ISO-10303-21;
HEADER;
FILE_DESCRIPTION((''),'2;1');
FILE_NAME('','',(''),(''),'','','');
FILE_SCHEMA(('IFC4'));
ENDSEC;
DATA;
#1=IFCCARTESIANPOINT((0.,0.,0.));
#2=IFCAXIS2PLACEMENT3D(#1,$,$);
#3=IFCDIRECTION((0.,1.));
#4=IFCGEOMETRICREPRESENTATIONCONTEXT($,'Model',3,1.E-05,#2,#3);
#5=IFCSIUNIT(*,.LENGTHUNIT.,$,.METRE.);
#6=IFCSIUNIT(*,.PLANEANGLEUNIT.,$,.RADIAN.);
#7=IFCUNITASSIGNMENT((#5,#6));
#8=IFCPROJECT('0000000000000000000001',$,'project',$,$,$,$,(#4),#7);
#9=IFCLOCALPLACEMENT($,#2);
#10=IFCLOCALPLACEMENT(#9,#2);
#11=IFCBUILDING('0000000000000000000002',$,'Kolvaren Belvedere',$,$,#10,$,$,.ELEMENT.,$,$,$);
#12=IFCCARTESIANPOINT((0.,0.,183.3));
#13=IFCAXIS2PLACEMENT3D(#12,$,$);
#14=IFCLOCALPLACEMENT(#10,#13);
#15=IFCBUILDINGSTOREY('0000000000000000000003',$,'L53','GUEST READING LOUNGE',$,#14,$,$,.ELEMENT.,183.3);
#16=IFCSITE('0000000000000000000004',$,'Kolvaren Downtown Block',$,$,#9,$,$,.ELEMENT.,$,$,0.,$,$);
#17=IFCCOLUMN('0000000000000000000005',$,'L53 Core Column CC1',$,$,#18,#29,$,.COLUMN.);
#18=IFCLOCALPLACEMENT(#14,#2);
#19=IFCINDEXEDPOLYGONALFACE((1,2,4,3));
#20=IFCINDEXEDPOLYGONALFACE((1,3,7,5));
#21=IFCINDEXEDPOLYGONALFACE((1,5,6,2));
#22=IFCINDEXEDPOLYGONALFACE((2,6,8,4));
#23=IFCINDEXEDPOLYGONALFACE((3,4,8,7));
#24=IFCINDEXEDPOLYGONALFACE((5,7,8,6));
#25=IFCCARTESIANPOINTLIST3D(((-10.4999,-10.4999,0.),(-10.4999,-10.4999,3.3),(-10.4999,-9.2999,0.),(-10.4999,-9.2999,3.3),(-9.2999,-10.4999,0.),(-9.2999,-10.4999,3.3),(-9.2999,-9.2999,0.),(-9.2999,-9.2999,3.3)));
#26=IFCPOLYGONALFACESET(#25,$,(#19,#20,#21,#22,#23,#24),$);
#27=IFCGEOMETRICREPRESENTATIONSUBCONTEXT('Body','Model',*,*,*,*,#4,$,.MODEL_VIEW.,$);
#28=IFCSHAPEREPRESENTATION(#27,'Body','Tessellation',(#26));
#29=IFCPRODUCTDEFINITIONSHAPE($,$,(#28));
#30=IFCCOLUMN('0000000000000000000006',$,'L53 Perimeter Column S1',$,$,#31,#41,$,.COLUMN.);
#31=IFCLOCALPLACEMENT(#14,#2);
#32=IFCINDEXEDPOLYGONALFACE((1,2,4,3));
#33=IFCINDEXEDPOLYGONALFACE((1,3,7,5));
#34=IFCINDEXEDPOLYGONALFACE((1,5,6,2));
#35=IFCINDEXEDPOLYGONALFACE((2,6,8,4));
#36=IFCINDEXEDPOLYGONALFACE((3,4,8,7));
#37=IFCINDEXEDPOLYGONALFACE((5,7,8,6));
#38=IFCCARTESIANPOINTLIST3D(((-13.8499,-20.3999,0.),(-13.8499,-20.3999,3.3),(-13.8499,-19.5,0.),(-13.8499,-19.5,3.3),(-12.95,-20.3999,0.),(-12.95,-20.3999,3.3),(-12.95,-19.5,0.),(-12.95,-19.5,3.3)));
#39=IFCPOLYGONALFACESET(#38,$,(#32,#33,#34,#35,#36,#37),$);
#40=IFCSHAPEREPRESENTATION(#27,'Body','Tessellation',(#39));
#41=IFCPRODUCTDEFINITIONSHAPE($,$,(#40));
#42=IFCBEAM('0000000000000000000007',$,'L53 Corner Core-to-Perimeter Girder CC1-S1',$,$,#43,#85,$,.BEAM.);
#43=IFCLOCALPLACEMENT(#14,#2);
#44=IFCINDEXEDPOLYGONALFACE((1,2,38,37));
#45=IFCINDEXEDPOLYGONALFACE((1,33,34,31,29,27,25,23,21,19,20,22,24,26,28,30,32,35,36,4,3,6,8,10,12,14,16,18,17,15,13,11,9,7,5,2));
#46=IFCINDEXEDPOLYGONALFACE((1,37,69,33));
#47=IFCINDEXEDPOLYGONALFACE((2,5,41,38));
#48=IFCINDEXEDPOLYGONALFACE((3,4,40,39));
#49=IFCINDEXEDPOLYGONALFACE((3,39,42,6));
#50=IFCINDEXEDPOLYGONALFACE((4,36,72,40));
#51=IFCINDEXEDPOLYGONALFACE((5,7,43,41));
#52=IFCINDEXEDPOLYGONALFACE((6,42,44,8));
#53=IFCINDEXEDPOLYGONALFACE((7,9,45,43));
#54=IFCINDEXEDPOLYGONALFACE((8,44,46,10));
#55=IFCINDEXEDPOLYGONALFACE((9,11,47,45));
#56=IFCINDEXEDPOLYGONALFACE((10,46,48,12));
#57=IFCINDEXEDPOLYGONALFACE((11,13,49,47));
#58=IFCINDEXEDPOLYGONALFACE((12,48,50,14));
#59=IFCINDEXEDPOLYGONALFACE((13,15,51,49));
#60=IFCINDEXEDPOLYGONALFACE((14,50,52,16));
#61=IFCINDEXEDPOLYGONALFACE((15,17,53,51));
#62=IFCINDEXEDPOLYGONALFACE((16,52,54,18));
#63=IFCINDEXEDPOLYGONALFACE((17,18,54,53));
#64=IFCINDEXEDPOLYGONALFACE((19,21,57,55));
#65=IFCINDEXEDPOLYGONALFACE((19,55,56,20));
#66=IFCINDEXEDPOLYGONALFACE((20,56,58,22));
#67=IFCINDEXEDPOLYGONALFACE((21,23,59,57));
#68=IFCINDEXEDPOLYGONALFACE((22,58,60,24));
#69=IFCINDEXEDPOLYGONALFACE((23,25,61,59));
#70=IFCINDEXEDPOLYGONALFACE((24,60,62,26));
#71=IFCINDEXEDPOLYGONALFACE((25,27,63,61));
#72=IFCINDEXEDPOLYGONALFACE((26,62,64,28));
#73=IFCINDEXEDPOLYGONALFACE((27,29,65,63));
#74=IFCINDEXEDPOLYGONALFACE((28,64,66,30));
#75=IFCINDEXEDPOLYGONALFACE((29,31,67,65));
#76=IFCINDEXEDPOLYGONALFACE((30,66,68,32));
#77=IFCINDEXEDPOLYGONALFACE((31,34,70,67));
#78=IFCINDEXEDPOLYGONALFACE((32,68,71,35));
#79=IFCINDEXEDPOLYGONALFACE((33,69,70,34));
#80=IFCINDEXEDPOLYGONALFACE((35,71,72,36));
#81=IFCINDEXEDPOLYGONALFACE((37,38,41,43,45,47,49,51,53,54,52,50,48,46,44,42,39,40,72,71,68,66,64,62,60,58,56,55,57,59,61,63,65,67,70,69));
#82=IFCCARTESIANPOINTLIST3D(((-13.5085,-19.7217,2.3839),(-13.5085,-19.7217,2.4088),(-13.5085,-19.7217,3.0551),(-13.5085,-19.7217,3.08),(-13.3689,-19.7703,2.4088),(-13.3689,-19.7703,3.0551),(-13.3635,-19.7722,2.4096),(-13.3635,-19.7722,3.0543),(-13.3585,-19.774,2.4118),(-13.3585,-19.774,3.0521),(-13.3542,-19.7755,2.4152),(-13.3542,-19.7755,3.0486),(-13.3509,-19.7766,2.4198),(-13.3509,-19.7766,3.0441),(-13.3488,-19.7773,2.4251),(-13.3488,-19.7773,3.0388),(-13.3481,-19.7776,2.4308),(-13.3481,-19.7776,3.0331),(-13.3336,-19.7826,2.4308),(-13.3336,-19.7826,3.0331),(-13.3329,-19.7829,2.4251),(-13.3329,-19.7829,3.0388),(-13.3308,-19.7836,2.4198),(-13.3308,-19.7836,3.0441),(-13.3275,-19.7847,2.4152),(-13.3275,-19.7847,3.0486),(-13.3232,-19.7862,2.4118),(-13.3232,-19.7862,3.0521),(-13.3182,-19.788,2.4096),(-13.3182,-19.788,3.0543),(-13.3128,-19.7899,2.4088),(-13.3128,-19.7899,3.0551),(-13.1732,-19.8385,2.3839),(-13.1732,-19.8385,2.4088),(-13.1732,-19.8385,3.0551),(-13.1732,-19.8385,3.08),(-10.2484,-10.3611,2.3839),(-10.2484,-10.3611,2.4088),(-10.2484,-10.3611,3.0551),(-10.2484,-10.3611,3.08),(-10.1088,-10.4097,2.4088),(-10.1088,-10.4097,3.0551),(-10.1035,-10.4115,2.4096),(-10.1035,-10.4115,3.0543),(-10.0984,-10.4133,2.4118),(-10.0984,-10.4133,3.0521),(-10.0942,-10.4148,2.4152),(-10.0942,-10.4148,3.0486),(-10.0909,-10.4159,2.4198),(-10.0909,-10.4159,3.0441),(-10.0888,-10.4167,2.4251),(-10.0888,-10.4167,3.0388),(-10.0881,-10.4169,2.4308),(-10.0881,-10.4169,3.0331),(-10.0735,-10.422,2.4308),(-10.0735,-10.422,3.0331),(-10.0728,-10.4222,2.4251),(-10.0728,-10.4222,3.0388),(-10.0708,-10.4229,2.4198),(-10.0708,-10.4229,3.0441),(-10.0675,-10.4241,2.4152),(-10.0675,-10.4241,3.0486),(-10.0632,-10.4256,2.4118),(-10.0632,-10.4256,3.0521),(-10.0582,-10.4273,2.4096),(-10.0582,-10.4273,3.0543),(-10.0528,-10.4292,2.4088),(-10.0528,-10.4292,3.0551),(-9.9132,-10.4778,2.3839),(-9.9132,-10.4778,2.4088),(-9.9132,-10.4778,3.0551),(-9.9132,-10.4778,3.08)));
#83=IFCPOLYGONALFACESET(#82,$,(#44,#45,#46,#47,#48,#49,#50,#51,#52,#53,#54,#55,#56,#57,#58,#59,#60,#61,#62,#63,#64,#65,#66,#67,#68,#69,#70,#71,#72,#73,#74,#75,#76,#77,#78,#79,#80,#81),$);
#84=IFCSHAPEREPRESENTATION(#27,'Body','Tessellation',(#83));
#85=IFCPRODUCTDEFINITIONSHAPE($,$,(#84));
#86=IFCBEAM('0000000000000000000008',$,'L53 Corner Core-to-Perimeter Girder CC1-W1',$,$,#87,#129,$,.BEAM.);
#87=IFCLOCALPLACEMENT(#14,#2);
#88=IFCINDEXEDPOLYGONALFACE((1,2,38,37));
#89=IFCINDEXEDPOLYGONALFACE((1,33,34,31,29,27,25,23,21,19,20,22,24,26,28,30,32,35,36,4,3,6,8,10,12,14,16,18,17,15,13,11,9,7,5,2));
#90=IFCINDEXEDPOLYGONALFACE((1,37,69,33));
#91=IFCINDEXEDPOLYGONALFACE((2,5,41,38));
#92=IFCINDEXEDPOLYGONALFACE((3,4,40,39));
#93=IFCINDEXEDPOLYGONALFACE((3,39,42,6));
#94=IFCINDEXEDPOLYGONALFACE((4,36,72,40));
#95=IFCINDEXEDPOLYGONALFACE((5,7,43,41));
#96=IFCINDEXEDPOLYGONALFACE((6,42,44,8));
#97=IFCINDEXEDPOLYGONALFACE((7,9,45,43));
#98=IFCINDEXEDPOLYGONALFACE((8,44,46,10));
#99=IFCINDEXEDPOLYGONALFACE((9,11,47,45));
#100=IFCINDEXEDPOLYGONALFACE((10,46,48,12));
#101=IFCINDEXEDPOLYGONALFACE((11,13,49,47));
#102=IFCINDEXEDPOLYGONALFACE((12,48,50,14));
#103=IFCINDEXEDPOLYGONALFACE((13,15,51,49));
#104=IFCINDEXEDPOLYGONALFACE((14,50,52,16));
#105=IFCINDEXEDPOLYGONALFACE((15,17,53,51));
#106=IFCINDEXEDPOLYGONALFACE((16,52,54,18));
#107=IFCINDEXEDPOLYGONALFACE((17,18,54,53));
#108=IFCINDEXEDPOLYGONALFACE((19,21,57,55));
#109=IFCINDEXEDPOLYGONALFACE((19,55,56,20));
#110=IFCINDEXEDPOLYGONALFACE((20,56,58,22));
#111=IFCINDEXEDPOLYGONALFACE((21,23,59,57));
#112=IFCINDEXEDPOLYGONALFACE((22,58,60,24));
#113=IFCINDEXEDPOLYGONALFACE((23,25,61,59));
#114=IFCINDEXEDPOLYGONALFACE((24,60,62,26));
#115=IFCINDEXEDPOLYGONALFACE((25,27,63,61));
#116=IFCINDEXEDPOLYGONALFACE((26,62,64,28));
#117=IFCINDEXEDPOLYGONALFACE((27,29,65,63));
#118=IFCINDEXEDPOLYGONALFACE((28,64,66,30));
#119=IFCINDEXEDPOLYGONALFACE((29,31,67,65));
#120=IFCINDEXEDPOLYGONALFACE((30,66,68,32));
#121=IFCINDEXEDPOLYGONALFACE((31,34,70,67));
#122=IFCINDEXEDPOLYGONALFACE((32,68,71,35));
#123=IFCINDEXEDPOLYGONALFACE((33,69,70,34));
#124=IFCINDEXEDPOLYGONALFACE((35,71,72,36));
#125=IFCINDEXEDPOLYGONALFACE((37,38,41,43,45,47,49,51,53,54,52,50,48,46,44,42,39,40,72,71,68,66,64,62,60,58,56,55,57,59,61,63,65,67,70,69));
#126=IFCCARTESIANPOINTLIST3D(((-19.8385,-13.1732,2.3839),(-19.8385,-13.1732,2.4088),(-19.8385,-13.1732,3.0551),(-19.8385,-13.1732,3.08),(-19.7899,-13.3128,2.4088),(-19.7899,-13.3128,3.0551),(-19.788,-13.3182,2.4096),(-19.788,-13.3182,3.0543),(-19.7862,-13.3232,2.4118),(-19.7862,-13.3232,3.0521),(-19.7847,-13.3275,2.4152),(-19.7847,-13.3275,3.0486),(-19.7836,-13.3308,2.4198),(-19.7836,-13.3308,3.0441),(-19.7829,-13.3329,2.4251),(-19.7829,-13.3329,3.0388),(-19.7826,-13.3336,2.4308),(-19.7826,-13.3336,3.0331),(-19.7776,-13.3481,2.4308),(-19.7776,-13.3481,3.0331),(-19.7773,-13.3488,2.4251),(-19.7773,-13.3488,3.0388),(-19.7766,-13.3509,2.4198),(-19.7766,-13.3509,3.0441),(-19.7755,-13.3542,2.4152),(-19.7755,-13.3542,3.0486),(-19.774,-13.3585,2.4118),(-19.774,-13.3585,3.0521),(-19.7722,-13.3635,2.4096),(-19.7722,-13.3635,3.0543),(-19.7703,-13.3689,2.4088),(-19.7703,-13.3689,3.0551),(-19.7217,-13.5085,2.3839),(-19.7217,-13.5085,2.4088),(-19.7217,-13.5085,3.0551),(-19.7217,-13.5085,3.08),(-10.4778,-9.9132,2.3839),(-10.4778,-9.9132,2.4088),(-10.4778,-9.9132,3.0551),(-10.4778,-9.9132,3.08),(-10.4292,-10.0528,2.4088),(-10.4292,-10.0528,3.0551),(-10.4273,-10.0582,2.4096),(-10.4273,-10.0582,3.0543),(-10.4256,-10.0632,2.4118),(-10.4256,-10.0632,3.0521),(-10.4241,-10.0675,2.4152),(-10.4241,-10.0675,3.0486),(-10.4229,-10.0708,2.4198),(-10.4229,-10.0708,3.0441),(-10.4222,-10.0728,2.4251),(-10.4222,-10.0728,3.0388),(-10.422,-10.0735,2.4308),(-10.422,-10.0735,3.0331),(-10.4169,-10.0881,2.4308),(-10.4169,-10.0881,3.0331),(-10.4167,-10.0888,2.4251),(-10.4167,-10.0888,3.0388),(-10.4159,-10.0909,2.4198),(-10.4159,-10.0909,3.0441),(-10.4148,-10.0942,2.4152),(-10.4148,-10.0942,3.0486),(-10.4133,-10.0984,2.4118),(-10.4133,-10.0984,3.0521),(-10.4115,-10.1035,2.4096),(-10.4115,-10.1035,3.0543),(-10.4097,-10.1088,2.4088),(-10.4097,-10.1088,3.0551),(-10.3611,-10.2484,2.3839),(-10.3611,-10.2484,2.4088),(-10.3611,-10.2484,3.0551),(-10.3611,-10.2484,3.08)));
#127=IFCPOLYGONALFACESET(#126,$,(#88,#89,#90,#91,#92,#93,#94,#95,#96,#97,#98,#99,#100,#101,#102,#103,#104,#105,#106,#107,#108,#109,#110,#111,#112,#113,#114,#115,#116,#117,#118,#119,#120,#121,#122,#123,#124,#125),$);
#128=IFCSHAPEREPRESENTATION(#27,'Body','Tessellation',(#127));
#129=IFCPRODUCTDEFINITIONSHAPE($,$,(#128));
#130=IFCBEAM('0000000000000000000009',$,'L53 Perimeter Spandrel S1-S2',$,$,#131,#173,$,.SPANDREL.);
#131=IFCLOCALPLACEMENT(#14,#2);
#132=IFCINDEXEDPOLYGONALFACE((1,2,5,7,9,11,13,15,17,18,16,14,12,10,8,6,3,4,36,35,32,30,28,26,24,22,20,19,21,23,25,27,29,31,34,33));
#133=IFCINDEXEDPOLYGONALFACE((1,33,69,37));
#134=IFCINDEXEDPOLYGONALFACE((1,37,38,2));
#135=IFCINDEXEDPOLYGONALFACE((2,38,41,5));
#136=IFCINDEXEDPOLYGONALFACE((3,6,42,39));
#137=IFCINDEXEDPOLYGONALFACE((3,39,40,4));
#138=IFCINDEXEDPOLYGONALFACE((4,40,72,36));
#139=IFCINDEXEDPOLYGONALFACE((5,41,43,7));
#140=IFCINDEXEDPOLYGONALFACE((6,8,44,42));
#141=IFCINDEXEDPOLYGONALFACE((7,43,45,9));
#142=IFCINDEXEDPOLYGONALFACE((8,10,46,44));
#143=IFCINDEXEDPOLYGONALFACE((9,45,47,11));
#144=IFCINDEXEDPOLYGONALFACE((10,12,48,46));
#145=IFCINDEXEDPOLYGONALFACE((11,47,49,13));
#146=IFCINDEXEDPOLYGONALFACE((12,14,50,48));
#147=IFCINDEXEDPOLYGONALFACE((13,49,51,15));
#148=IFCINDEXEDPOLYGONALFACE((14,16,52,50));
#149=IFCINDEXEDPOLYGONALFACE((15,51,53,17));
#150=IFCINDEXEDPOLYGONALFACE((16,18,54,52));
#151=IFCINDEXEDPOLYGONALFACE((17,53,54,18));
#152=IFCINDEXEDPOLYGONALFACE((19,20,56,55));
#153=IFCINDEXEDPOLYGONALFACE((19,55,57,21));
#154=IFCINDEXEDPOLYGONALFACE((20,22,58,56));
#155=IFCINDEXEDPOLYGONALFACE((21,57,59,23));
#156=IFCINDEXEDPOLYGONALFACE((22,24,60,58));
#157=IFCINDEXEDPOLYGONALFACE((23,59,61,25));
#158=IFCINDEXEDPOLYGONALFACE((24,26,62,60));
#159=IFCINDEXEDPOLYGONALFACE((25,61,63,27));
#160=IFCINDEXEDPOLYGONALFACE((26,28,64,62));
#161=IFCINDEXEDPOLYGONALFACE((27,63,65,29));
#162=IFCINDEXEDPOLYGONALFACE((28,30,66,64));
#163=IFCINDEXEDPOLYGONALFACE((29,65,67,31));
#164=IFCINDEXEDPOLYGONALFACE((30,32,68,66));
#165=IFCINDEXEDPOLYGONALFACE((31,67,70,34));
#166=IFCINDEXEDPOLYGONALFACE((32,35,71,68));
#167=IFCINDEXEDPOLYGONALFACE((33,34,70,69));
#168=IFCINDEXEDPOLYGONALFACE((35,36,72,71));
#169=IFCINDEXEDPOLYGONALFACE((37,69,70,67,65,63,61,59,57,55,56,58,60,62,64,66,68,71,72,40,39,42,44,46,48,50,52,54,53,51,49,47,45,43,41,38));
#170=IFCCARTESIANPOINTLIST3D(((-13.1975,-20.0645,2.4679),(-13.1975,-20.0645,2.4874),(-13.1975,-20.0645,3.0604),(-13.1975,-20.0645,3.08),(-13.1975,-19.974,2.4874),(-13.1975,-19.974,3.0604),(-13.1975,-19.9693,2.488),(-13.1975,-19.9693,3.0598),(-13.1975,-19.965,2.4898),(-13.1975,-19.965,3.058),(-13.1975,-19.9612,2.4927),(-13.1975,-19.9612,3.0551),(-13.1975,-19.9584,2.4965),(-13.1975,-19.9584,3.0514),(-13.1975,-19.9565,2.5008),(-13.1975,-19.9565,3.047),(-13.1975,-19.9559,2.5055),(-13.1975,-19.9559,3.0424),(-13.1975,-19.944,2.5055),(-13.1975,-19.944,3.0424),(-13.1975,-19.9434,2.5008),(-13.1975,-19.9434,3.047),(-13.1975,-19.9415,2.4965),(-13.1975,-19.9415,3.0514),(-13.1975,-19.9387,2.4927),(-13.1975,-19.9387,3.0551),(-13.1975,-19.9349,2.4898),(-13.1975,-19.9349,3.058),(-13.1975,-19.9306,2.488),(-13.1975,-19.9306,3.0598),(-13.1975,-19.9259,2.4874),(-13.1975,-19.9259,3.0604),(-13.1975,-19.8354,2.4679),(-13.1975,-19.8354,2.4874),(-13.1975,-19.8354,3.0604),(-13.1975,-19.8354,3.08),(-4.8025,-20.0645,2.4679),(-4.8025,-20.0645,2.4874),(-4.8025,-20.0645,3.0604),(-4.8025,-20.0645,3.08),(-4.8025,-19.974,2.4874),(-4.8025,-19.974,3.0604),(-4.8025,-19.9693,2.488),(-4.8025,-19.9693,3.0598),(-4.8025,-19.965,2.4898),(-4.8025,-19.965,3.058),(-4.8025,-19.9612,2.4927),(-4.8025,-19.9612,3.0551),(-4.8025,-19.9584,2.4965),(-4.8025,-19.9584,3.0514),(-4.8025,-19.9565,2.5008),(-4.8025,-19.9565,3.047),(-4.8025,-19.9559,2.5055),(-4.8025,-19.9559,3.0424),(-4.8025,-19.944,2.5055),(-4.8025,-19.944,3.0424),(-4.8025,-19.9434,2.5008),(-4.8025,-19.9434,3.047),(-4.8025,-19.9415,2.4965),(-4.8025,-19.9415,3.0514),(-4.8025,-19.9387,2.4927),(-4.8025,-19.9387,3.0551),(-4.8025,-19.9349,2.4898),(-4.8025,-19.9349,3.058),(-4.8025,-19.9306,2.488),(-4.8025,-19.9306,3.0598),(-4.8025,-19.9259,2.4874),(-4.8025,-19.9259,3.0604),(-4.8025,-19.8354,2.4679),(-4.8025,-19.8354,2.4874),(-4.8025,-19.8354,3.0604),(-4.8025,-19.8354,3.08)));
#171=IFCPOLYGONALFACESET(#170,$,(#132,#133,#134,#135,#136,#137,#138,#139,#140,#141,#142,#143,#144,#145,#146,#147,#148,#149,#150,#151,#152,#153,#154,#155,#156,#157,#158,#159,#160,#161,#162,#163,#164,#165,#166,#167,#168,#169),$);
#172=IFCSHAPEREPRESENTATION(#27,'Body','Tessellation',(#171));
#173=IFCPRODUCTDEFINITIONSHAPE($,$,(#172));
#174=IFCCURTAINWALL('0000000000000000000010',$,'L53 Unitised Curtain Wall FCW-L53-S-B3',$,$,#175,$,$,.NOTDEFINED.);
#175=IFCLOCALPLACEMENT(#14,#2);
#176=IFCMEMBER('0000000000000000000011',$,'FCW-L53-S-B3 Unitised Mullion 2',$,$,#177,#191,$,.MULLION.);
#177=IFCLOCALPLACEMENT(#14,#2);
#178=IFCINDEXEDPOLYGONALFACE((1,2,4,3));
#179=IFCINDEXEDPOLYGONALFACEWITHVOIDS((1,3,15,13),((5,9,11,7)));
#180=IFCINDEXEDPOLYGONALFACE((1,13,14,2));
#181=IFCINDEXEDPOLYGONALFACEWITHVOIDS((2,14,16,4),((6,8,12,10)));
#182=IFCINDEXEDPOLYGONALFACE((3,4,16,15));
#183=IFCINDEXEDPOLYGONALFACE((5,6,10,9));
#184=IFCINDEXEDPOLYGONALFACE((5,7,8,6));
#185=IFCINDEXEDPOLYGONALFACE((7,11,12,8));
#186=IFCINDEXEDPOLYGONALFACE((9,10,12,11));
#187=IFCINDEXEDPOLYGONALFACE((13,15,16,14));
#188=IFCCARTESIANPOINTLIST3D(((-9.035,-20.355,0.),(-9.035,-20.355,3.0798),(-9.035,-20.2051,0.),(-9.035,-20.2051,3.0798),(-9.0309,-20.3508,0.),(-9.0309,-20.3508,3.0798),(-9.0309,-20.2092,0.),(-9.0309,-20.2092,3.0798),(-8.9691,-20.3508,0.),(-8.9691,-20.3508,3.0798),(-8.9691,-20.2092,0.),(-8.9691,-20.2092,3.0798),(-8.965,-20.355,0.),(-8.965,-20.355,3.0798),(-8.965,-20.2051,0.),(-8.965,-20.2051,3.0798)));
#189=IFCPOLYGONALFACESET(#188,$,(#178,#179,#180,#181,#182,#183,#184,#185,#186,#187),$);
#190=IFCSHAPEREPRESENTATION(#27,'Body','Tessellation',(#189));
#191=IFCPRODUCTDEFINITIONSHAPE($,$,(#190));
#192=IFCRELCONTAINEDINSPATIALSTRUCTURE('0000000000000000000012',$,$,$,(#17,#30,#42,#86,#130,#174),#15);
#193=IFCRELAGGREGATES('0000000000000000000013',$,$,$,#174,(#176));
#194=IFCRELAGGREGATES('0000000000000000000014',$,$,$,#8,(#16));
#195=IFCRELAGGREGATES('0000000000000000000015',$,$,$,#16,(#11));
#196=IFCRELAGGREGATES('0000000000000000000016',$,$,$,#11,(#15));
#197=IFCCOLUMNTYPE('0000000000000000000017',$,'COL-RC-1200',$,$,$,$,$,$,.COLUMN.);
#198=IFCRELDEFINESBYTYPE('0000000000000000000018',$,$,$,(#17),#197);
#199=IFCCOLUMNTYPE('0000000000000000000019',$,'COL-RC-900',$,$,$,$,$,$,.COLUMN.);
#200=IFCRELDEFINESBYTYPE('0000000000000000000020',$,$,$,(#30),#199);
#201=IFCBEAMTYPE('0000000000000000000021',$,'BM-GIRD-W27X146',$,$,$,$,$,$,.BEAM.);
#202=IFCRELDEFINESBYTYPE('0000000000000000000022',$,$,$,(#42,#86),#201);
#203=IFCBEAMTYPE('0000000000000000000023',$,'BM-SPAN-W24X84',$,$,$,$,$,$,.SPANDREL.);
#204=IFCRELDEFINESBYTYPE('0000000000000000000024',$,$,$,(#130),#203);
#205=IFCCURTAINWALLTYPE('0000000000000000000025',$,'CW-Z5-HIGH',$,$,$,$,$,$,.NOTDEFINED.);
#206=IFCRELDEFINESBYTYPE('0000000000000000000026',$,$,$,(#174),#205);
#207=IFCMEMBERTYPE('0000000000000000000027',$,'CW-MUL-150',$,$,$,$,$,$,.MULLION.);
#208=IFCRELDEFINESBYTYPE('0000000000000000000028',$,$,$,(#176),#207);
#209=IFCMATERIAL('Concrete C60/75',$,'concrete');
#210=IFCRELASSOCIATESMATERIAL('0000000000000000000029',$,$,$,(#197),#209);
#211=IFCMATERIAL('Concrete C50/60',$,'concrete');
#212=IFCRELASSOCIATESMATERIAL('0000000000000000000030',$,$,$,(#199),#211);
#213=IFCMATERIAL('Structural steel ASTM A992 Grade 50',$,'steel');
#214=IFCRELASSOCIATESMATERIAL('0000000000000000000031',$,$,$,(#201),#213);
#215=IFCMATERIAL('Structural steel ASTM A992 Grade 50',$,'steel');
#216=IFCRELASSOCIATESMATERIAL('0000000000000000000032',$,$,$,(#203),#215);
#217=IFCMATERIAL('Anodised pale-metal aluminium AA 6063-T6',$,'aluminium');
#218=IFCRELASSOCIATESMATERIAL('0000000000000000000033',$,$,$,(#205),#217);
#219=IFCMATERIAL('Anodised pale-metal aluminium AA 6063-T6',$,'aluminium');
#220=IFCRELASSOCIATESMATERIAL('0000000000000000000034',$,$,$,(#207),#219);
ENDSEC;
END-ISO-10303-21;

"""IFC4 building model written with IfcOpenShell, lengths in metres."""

from ifc_helpers import new_model, si_unit, direction, frame, origin, origin_2d, place, context, subcontext, project, spatial, rectangle, hollow_rectangle, i_section, extrude, material, material_profile, profile_set, type_object, element, aggregate, save


model = new_model("IFC4")

# Units and contexts
model_context = context("Model", 3, precision=1e-05, world=origin(), true_north=direction((0.0, 1.0)))
body_context = subcontext(model_context, "Body", "Model", "MODEL_VIEW")
ifc_project = project(units=[si_unit("LENGTHUNIT", "METRE"), si_unit("PLANEANGLEUNIT", "RADIAN")], contexts=[model_context])

# Site, building, storey
site_placement = place(None, origin())
site = spatial("IfcSite", under=ifc_project, at=site_placement, Name="Kolvaren Downtown Block", CompositionType="ELEMENT", RefElevation=0.0)
building_placement = place(site_placement, origin())
building = spatial("IfcBuilding", under=site, at=building_placement, Name="Kolvaren Belvedere", CompositionType="ELEMENT")
storey_placement = place(building_placement, frame((0.0, 0.0, 183.3)))
storey = spatial("IfcBuildingStorey", under=building, at=storey_placement, Name="L53", Description="GUEST READING LOUNGE", CompositionType="ELEMENT", Elevation=183.3)

# Columns
ifc_material_1 = material(Name="Concrete C60/75", Category="concrete")
ifc_material_profile_1 = material_profile(ifc_material_1, rectangle(XDim=1.2, YDim=1.2, at=origin_2d()), Name="RC 1200X1200")
ifc_profile_set_1 = profile_set([ifc_material_profile_1], Name="Concrete C60/75")
column_type_1 = type_object("IfcColumnType", Name="COL-RC-1200", PredefinedType="COLUMN", material=ifc_profile_set_1)
column_1_placement = place(storey_placement, frame((-9.8999, -9.8999, 0.0), z_axis=(0.0, 0.0, 1.0), x_axis=(1.0, 0.0, 0.0)))
element("IfcColumn", 1, at=column_1_placement, inside=storey, type_object=column_type_1, Name="L53 Core Column CC1", PredefinedType="COLUMN", context=body_context, shape_type="SweptSolid", body=[
    extrude(rectangle(XDim=1.2, YDim=1.2, at=origin_2d()), origin(), (0.0, 0.0, 1.0), 3.3),
])
ifc_material_2 = material(Name="Concrete C50/60", Category="concrete")
ifc_material_profile_2 = material_profile(ifc_material_2, rectangle(XDim=0.8999, YDim=0.8999, at=origin_2d()), Name="RC 900X900")
ifc_profile_set_2 = profile_set([ifc_material_profile_2], Name="Concrete C50/60")
column_type_2 = type_object("IfcColumnType", Name="COL-RC-900", PredefinedType="COLUMN", material=ifc_profile_set_2)
column_2_placement = place(storey_placement, frame((-13.3999, -19.95, 0.0), z_axis=(0.0, 0.0, 1.0), x_axis=(1.0, 0.0, 0.0)))
element("IfcColumn", 2, at=column_2_placement, inside=storey, type_object=column_type_2, Name="L53 Perimeter Column S1", PredefinedType="COLUMN", context=body_context, shape_type="SweptSolid", body=[
    extrude(rectangle(XDim=0.8999, YDim=0.8999, at=origin_2d()), origin(), (0.0, 0.0, 1.0), 3.3),
])

# Beams
ifc_material_3 = material(Name="Structural steel ASTM A992 Grade 50", Category="steel")
ifc_material_profile_3 = material_profile(ifc_material_3, i_section(OverallWidth=0.355, OverallDepth=0.696, WebThickness=0.0154, FlangeThickness=0.0249, FilletRadius=0.022, at=origin_2d()), Name="W27X146")
ifc_profile_set_3 = profile_set([ifc_material_profile_3], Name="Structural steel ASTM A992 Grade 50")
beam_type_1 = type_object("IfcBeamType", Name="BM-GIRD-W27X146", PredefinedType="BEAM", material=ifc_profile_set_3)
for number, where, z_axis, x_axis, name in (
    (3, (-10.0808, -10.4194, 2.7319), (-0.328894, -0.944367, 0.0), (0.944367, -0.328894, 0.0), "L53 Corner Core-to-Perimeter Girder CC1-S1"),
    (4, (-10.4194, -10.0808, 2.7319), (-0.944367, -0.328894, 0.0), (0.328894, -0.944367, 0.0), "L53 Corner Core-to-Perimeter Girder CC1-W1"),
):
    element("IfcBeam", number, at=place(storey_placement, frame(where, z_axis=z_axis, x_axis=x_axis)), inside=storey, type_object=beam_type_1, Name=name, PredefinedType="BEAM", context=body_context, shape_type="SweptSolid", body=[
        extrude(i_section(OverallWidth=0.355, OverallDepth=0.696, WebThickness=0.0154, FlangeThickness=0.0249, FilletRadius=0.022, at=origin_2d()), origin(), (0.0, 0.0, 1.0), 9.9121),
    ])
ifc_material_4 = material(Name="Structural steel ASTM A992 Grade 50", Category="steel")
ifc_material_profile_4 = material_profile(ifc_material_4, i_section(OverallWidth=0.229, OverallDepth=0.6121, WebThickness=0.012, FlangeThickness=0.0195, FilletRadius=0.0181, at=origin_2d()), Name="W24X84")
ifc_profile_set_4 = profile_set([ifc_material_profile_4], Name="Structural steel ASTM A992 Grade 50")
beam_type_2 = type_object("IfcBeamType", Name="BM-SPAN-W24X84", PredefinedType="SPANDREL", material=ifc_profile_set_4)
beam_placement = place(storey_placement, frame((-13.1975, -19.95, 2.7739), z_axis=(1.0, 0.0, 0.0), x_axis=(0.0, 1.0, 0.0)))
element("IfcBeam", 5, at=beam_placement, inside=storey, type_object=beam_type_2, Name="L53 Perimeter Spandrel S1-S2", PredefinedType="SPANDREL", context=body_context, shape_type="SweptSolid", body=[
    extrude(i_section(OverallWidth=0.229, OverallDepth=0.6121, WebThickness=0.012, FlangeThickness=0.0195, FilletRadius=0.0181, at=origin_2d()), origin(), (0.0, 0.0, 1.0), 8.395),
])

# Curtain wall, member
ifc_material_5 = material(Name="Anodised pale-metal aluminium AA 6063-T6", Category="aluminium")
curtain_wall_type = type_object("IfcCurtainWallType", Name="CW-Z5-HIGH", PredefinedType="NOTDEFINED", material=ifc_material_5)
curtain_wall_placement = place(storey_placement, origin())
curtain_wall = element("IfcCurtainWall", 6, at=curtain_wall_placement, inside=storey, type_object=curtain_wall_type, Name="L53 Unitised Curtain Wall FCW-L53-S-B3", PredefinedType="NOTDEFINED")
ifc_material_6 = material(Name="Anodised pale-metal aluminium AA 6063-T6", Category="aluminium")
ifc_material_profile_5 = material_profile(ifc_material_6, hollow_rectangle(XDim=0.0701, YDim=0.1499, WallThickness=0.0042, at=origin_2d()), Name="ALU-MUL-150X70")
ifc_profile_set_5 = profile_set([ifc_material_profile_5], Name="Anodised pale-metal aluminium AA 6063-T6")
member_type = type_object("IfcMemberType", Name="CW-MUL-150", PredefinedType="MULLION", material=ifc_profile_set_5)
member_1_placement = place(storey_placement, frame((-9.0, -20.28, 0.0), z_axis=(0.0, 0.0, 1.0), x_axis=(1.0, 0.0, 0.0)))
member_1 = element("IfcMember", 7, at=member_1_placement, type_object=member_type, Name="FCW-L53-S-B3 Unitised Mullion 2", PredefinedType="MULLION", context=body_context, shape_type="SweptSolid", body=[
    extrude(hollow_rectangle(XDim=0.0701, YDim=0.1499, WallThickness=0.0042, at=origin_2d()), origin(), (0.0, 0.0, 1.0), 3.0798),
])
aggregate(curtain_wall, [member_1])

save(model, "model.ifc")
